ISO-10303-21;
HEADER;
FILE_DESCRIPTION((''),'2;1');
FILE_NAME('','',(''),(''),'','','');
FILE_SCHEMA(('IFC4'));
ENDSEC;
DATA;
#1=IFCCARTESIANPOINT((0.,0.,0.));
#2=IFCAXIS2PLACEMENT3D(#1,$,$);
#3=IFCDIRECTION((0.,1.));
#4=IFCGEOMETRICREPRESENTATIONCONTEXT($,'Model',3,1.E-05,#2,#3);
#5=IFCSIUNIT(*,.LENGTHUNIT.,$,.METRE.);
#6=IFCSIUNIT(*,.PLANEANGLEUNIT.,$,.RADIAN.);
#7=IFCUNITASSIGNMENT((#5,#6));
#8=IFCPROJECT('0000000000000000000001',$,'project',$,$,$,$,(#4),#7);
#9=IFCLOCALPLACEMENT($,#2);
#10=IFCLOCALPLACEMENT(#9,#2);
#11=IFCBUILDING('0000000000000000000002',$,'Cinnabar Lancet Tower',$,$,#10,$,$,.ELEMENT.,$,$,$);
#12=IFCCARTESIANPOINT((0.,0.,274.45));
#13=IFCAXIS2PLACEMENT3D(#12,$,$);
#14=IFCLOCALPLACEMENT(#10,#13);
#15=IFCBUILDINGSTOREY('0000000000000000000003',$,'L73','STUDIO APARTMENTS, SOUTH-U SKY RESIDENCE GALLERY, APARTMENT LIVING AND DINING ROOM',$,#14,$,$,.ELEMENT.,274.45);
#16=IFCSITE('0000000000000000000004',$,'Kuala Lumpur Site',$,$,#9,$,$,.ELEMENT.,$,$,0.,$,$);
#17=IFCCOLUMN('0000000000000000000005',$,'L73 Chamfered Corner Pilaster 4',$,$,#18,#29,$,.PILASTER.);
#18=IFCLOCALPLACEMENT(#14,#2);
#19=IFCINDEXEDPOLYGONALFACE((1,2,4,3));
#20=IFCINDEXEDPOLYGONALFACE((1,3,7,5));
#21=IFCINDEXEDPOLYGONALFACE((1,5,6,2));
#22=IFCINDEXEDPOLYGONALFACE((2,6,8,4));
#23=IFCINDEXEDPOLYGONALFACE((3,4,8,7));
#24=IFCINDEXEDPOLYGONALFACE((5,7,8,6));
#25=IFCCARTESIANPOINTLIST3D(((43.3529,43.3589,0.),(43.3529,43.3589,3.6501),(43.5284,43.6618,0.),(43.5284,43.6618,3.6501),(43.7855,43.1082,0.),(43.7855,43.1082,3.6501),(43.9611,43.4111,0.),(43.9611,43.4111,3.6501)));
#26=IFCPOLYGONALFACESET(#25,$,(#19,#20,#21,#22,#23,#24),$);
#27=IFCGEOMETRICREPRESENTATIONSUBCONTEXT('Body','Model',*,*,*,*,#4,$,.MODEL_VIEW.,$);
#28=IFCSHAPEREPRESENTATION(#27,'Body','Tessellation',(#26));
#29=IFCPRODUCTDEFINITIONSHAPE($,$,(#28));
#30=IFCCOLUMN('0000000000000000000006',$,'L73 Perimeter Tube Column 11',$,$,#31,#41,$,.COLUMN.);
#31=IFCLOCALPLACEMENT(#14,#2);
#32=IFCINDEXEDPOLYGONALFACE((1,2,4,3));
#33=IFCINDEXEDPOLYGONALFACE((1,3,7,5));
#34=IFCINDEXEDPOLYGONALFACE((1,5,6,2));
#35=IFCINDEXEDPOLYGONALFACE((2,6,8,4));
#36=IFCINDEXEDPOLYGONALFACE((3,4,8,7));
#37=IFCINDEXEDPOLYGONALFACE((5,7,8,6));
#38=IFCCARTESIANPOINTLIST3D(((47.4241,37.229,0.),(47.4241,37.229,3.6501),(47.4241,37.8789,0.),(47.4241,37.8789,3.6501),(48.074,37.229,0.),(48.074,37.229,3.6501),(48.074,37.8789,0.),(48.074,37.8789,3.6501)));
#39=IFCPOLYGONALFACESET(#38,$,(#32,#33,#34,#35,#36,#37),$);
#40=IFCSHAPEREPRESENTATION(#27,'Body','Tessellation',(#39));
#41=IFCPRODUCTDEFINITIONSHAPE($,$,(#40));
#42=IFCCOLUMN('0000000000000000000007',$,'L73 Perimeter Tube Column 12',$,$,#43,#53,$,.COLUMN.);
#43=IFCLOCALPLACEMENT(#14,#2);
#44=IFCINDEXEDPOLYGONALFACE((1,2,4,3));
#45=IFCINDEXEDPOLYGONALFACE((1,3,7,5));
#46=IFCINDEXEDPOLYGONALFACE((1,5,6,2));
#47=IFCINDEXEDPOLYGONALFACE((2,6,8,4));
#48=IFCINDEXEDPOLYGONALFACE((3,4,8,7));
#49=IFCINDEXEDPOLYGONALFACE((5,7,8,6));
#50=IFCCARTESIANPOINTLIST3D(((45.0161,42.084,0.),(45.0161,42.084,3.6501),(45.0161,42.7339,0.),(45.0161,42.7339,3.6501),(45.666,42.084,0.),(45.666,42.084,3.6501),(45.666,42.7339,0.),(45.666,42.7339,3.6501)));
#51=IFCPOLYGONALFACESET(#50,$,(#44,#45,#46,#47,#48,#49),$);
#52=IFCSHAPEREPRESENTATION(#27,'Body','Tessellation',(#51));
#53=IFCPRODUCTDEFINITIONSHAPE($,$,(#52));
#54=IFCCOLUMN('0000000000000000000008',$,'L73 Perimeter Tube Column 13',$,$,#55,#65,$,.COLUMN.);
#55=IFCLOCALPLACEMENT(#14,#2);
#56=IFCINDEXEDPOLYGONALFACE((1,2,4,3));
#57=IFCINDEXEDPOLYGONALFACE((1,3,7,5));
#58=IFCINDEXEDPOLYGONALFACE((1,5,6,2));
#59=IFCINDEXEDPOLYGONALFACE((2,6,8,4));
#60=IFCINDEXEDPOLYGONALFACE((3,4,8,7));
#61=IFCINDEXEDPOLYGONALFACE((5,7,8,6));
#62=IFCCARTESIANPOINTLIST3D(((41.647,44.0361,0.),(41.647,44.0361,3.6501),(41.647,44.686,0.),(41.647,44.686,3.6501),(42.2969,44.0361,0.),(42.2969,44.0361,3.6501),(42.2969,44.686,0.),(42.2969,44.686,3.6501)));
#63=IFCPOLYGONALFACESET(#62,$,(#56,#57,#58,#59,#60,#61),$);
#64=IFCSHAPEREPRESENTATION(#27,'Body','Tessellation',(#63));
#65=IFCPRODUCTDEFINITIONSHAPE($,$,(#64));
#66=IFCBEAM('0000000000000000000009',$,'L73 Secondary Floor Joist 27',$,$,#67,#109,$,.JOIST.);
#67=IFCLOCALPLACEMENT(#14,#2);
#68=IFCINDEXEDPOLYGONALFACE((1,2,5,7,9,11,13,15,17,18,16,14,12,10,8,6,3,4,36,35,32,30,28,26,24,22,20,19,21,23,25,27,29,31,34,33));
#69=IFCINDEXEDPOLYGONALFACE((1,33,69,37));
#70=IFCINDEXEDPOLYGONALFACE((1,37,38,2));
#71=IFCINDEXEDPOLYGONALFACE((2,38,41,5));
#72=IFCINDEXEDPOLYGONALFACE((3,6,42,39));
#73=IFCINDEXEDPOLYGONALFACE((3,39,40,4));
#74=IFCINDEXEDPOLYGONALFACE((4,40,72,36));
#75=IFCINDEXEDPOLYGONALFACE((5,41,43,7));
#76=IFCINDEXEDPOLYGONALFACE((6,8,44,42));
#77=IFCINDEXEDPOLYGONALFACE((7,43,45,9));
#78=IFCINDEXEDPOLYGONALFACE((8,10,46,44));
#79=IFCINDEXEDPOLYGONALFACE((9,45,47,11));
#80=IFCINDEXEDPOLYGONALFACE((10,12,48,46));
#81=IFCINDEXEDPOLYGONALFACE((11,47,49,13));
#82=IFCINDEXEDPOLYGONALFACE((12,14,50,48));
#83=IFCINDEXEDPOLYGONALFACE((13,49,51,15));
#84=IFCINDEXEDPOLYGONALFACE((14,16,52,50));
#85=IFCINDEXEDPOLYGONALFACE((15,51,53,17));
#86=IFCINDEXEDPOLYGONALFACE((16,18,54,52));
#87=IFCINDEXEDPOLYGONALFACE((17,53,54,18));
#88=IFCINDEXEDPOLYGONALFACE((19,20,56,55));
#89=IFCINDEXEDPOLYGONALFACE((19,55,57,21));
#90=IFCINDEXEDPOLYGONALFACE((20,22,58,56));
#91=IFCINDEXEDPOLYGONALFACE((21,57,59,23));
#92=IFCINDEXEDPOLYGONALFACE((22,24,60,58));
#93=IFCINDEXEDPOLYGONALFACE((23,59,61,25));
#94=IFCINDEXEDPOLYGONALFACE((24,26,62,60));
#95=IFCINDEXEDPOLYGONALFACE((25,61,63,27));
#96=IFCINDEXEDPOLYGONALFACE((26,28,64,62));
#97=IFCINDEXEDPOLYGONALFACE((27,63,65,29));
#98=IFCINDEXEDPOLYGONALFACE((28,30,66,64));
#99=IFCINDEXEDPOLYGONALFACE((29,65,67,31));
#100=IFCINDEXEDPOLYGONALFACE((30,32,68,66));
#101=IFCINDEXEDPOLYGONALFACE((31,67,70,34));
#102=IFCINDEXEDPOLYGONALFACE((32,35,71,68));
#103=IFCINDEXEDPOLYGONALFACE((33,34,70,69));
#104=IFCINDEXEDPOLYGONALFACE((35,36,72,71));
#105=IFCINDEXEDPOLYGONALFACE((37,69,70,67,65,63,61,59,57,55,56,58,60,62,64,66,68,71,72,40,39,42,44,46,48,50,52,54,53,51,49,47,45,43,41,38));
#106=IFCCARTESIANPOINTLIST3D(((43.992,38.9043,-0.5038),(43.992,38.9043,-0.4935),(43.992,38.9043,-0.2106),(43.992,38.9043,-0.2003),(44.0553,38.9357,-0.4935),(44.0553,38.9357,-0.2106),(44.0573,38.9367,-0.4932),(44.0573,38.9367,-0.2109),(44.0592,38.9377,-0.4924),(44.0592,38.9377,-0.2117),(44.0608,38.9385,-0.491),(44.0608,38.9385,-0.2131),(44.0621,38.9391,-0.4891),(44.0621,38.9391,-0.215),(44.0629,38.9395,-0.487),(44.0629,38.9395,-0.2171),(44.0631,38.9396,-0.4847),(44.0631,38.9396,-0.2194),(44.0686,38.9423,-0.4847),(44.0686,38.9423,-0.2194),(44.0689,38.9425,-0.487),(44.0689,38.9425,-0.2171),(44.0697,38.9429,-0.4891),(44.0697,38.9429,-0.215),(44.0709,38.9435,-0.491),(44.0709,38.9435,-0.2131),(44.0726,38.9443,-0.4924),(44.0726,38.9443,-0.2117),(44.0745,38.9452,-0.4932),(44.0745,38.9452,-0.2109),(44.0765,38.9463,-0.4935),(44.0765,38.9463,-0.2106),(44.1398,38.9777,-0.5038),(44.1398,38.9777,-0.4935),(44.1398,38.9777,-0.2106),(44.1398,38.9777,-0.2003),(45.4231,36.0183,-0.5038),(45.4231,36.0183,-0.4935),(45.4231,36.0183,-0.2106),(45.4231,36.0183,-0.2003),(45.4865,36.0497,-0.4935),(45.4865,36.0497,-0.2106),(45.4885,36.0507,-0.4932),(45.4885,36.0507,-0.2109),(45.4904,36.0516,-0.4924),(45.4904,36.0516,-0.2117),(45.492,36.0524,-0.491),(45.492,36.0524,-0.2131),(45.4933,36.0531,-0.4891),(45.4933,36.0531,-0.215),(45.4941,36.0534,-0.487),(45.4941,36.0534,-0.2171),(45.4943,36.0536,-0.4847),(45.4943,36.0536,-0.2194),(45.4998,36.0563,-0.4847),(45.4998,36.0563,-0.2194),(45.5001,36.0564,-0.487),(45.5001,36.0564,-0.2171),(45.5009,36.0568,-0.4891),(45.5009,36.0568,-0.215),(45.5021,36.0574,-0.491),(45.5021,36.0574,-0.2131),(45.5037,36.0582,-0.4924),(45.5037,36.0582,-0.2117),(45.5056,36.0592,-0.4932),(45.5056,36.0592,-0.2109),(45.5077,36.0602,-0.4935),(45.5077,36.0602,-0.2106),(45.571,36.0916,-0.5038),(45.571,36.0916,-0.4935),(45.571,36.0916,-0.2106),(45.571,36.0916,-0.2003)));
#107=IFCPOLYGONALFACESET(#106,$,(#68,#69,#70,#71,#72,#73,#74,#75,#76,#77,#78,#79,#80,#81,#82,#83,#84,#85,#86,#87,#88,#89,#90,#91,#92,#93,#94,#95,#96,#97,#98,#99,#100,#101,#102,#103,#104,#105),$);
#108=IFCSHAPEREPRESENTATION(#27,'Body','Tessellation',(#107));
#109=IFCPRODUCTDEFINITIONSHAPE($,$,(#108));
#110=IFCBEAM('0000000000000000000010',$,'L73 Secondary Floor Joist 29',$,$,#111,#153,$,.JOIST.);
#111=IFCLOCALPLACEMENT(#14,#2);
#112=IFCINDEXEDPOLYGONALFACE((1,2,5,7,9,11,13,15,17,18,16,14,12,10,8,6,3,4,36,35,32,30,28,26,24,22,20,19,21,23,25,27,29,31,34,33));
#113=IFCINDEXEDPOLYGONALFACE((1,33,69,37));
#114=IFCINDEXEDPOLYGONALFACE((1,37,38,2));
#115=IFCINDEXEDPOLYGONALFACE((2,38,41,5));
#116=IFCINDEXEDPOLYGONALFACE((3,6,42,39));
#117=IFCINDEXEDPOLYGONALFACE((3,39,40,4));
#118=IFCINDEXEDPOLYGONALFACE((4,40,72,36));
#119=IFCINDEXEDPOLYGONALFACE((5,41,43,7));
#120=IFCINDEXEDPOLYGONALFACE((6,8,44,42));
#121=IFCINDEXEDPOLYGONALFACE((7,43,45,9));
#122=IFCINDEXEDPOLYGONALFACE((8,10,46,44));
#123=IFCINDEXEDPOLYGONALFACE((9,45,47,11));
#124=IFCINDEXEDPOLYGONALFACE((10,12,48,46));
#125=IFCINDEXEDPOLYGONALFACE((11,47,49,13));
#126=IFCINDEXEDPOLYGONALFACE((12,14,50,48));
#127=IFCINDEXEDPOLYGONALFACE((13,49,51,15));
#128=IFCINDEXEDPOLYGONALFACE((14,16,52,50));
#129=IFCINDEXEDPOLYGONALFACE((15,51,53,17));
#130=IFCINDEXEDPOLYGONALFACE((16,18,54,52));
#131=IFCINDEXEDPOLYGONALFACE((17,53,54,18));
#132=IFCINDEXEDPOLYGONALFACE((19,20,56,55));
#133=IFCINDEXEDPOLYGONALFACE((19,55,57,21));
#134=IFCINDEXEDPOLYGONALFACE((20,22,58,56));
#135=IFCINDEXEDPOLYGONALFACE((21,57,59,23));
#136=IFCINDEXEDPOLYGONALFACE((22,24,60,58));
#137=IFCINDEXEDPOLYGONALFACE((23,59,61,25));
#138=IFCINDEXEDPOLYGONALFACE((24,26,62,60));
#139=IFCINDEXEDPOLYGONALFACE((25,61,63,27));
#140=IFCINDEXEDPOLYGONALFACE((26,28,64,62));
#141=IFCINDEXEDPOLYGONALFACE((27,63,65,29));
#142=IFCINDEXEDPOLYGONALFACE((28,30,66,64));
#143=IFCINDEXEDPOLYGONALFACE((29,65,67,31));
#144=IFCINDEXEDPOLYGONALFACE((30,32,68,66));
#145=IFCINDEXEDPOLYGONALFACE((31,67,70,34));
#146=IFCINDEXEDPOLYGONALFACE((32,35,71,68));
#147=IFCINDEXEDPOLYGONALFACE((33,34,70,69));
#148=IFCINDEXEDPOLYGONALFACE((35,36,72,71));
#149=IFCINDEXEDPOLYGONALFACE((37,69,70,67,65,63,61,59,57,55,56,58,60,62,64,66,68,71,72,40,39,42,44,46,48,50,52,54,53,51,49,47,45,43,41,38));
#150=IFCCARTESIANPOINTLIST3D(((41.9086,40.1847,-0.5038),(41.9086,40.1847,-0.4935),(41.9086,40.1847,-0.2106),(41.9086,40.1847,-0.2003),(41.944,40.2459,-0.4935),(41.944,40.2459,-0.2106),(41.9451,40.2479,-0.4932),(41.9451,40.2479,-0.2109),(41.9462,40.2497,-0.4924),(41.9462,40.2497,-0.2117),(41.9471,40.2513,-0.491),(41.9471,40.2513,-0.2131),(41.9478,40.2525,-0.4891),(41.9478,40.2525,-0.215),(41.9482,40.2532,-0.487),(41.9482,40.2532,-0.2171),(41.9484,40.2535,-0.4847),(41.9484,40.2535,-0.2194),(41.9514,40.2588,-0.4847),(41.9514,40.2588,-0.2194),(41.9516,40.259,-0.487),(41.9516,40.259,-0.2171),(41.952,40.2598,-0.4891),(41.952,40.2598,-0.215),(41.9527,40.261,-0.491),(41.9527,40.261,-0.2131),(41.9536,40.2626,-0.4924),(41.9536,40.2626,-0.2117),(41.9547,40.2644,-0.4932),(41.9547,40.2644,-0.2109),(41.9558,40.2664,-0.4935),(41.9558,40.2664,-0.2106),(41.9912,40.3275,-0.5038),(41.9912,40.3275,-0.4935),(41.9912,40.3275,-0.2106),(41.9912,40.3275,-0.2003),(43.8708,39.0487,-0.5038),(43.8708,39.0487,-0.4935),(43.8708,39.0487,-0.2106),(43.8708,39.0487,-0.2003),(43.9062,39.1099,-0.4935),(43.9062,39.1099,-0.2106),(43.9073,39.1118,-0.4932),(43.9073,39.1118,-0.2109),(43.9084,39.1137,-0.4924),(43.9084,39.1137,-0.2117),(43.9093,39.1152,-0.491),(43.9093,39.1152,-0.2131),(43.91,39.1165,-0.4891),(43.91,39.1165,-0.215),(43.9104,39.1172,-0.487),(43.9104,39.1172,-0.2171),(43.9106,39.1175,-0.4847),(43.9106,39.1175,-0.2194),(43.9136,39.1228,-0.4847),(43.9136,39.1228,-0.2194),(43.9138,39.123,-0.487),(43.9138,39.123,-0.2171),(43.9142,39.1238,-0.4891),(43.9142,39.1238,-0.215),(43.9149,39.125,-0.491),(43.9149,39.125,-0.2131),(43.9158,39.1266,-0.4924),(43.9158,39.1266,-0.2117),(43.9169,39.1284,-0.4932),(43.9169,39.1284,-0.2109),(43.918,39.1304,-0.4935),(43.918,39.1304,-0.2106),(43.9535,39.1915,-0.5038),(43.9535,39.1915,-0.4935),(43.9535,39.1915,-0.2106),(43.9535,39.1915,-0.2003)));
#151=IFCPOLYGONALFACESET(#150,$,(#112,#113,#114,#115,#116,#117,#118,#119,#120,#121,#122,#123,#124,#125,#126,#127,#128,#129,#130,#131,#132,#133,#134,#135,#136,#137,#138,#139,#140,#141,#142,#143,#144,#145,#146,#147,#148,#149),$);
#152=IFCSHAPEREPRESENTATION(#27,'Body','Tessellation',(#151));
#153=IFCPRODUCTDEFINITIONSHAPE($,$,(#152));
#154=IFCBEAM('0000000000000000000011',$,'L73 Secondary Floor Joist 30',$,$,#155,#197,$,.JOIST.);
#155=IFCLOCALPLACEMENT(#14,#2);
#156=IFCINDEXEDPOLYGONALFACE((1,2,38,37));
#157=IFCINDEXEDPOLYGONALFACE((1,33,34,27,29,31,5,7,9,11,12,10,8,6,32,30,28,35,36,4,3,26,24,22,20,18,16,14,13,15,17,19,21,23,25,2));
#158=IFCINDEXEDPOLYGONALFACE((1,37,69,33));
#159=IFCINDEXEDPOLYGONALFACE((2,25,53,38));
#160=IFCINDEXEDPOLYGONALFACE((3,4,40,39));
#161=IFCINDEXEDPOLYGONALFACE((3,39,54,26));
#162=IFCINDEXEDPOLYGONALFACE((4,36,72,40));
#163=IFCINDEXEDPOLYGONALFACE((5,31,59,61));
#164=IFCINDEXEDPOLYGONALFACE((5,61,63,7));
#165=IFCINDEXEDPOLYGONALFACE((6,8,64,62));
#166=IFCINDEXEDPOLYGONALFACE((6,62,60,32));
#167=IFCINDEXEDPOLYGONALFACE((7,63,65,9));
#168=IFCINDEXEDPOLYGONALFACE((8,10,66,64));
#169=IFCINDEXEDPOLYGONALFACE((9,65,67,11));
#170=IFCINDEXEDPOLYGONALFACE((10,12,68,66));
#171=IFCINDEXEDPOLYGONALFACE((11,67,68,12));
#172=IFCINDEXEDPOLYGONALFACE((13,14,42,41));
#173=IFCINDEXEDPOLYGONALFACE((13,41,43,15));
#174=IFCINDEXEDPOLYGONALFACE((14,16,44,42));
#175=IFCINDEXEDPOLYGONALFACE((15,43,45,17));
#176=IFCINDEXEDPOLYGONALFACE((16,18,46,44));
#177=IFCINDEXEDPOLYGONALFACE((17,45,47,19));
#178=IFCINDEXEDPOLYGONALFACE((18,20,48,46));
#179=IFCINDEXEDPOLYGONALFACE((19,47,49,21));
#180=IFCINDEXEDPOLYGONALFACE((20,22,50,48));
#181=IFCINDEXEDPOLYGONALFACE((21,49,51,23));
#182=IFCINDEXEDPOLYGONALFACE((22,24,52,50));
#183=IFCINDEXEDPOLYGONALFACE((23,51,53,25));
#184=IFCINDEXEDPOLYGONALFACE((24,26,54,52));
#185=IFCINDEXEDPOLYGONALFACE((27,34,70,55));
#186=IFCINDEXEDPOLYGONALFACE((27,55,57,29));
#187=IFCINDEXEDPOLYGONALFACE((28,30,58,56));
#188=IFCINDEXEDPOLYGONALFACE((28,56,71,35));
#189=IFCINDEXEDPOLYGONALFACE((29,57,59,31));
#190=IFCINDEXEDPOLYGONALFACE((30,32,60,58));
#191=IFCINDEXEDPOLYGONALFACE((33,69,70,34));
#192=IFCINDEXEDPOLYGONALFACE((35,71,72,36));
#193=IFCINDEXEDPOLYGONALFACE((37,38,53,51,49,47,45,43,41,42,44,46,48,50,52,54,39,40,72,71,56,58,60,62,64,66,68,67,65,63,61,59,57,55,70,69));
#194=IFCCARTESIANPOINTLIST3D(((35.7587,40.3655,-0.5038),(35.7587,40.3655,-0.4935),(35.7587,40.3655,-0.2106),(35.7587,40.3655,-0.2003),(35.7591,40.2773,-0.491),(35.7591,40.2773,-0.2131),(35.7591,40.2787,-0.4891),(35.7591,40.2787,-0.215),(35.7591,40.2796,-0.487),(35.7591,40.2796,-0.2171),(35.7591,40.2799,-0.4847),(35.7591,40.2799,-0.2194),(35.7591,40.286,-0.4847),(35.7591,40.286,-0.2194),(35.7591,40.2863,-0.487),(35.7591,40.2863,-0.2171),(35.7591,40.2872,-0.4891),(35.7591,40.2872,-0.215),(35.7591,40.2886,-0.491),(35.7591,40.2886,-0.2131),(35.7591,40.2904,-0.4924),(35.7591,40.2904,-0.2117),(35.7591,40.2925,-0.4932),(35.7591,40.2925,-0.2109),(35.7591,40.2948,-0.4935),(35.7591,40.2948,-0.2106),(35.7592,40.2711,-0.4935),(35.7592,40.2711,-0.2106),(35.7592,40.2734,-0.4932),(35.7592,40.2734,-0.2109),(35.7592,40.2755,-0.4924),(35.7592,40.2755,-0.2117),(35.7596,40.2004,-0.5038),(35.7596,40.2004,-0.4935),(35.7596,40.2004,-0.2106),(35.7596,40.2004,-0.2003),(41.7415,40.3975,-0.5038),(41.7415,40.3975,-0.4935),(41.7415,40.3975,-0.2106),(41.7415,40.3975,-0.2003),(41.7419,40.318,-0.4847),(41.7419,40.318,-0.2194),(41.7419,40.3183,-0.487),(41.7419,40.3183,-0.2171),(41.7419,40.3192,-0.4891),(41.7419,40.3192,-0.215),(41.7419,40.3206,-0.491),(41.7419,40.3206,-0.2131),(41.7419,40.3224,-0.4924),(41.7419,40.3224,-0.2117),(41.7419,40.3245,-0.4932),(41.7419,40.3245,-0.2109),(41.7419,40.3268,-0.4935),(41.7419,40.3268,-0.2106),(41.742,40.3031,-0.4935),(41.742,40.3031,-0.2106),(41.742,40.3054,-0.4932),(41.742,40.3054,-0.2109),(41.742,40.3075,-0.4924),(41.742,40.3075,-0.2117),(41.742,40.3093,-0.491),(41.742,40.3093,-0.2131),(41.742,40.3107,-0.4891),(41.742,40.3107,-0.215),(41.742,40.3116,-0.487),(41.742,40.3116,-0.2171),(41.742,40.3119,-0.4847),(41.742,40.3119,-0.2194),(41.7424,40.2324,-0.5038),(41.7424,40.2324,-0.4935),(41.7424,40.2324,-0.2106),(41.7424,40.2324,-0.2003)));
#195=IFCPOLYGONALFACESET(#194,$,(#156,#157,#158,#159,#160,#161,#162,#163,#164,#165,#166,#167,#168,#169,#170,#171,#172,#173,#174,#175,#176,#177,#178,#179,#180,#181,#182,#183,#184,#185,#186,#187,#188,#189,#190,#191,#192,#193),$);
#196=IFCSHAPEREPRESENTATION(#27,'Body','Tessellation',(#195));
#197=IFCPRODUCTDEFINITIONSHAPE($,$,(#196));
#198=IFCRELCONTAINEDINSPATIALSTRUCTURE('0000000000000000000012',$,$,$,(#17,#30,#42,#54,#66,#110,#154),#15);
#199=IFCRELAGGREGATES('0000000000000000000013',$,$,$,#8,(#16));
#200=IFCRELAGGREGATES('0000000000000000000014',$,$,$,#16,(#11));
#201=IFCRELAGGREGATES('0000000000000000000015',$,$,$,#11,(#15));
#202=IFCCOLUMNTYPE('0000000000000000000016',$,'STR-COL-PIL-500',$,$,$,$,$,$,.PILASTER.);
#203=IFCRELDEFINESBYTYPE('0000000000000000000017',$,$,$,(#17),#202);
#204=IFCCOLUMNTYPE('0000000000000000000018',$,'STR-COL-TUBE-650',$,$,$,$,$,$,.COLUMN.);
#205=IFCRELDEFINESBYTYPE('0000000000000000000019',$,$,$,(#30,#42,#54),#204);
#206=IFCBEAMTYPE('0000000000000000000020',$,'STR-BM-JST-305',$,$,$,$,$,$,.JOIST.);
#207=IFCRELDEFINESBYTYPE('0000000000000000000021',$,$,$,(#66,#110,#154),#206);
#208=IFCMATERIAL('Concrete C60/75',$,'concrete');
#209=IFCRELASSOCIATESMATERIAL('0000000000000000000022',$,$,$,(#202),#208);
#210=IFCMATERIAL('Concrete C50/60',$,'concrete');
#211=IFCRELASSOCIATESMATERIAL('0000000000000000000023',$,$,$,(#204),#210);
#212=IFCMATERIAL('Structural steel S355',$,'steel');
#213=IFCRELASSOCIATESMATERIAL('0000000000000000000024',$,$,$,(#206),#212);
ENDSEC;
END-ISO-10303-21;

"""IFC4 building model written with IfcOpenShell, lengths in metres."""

from ifc_helpers import new_model, si_unit, direction, frame, origin, origin_2d, place, context, subcontext, project, spatial, rectangle, i_section, extrude, material, material_profile, profile_set, type_object, element, save


model = new_model("IFC4")

# Units and contexts
model_context = context("Model", 3, precision=1e-05, world=origin(), true_north=direction((0.0, 1.0)))
body_context = subcontext(model_context, "Body", "Model", "MODEL_VIEW")
ifc_project = project(units=[si_unit("LENGTHUNIT", "METRE"), si_unit("PLANEANGLEUNIT", "RADIAN")], contexts=[model_context])

# Site, building, storey
site_placement = place(None, origin())
site = spatial("IfcSite", under=ifc_project, at=site_placement, Name="Kuala Lumpur Site", CompositionType="ELEMENT", RefElevation=0.0)
building_placement = place(site_placement, origin())
building = spatial("IfcBuilding", under=site, at=building_placement, Name="Cinnabar Lancet Tower", CompositionType="ELEMENT")
storey_placement = place(building_placement, frame((0.0, 0.0, 274.45)))
storey = spatial("IfcBuildingStorey", under=building, at=storey_placement, Name="L73", Description="STUDIO APARTMENTS, SOUTH-U SKY RESIDENCE GALLERY, APARTMENT LIVING AND DINING ROOM", CompositionType="ELEMENT", Elevation=274.45)

# Columns
ifc_material_1 = material(Name="Concrete C60/75", Category="concrete")
ifc_material_profile_1 = material_profile(ifc_material_1, rectangle(XDim=0.5, YDim=0.3501, at=origin_2d()), Name="RC-PIL 500x350")
ifc_profile_set_1 = profile_set([ifc_material_profile_1], Name="Concrete C60/75")
column_type_1 = type_object("IfcColumnType", Name="STR-COL-PIL-500", PredefinedType="PILASTER", material=ifc_profile_set_1)
column_placement = place(storey_placement, frame((43.657, 43.385, 0.0), z_axis=(0.0, 0.0, 1.0), x_axis=(-0.865256, 0.50133, 0.0)))
element("IfcColumn", 1, at=column_placement, inside=storey, type_object=column_type_1, Name="L73 Chamfered Corner Pilaster 4", PredefinedType="PILASTER", context=body_context, shape_type="SweptSolid", body=[
    extrude(rectangle(XDim=0.5, YDim=0.3501, at=origin_2d()), origin(), (0.0, 0.0, 1.0), 3.6501),
])
ifc_material_2 = material(Name="Concrete C50/60", Category="concrete")
ifc_material_profile_2 = material_profile(ifc_material_2, rectangle(XDim=0.6499, YDim=0.6499, at=origin_2d()), Name="RC-COL 650x650")
ifc_profile_set_2 = profile_set([ifc_material_profile_2], Name="Concrete C50/60")
column_type_2 = type_object("IfcColumnType", Name="STR-COL-TUBE-650", PredefinedType="COLUMN", material=ifc_profile_set_2)
for number, where, z_axis, x_axis, name in (
    (2, (47.749, 37.554, 0.0), (0.0, 0.0, 1.0), (1.0, 0.0, 0.0), "L73 Perimeter Tube Column 11"),
    (3, (45.3411, 42.4089, 0.0), (0.0, 0.0, 1.0), (1.0, 0.0, 0.0), "L73 Perimeter Tube Column 12"),
    (4, (41.9719, 44.3611, 0.0), (0.0, 0.0, 1.0), (1.0, 0.0, 0.0), "L73 Perimeter Tube Column 13"),
):
    element("IfcColumn", number, at=place(storey_placement, frame(where, z_axis=z_axis, x_axis=x_axis)), inside=storey, type_object=column_type_2, Name=name, PredefinedType="COLUMN", context=body_context, shape_type="SweptSolid", body=[
        extrude(rectangle(XDim=0.6499, YDim=0.6499, at=origin_2d()), origin(), (0.0, 0.0, 1.0), 3.6501),
    ])

# Beams
ifc_material_3 = material(Name="Structural steel S355", Category="steel")
ifc_material_profile_3 = material_profile(ifc_material_3, i_section(OverallWidth=0.165, OverallDepth=0.3035, WebThickness=0.0061, FlangeThickness=0.0103, FilletRadius=0.0088, at=origin_2d()), Name="UKB 305x165x40")
ifc_profile_set_3 = profile_set([ifc_material_profile_3], Name="Structural steel S355")
beam_type_1 = type_object("IfcBeamType", Name="STR-BM-JST-305", PredefinedType="JOIST", material=ifc_profile_set_3)
beam_1_placement = place(storey_placement, frame((45.4971, 36.0549, -0.3521), z_axis=(-0.444271, 0.895893, 0.0), x_axis=(-0.895893, -0.444271, 0.0)))
element("IfcBeam", 5, at=beam_1_placement, inside=storey, type_object=beam_type_1, Name="L73 Secondary Floor Joist 27", PredefinedType="JOIST", context=body_context, shape_type="SweptSolid", body=[
    extrude(i_section(OverallWidth=0.165, OverallDepth=0.3035, WebThickness=0.0061, FlangeThickness=0.0103, FilletRadius=0.0088, at=origin_2d()), origin(), (0.0, 0.0, 1.0), 3.2214),
])
beam_2_placement = place(storey_placement, frame((43.9121, 39.1201, -0.3521), z_axis=(-0.865426, 0.501036, 0.0), x_axis=(-0.501036, -0.865426, 0.0)))
element("IfcBeam", 6, at=beam_2_placement, inside=storey, type_object=beam_type_1, Name="L73 Secondary Floor Joist 29", PredefinedType="JOIST", context=body_context, shape_type="SweptSolid", body=[
    extrude(i_section(OverallWidth=0.165, OverallDepth=0.3035, WebThickness=0.0061, FlangeThickness=0.0103, FilletRadius=0.0088, at=origin_2d()), origin(), (0.0, 0.0, 1.0), 2.2673),
])
beam_3_placement = place(storey_placement, frame((41.7419, 40.3149, -0.3521), z_axis=(-0.999986, -0.005346, 0.0), x_axis=(0.005346, -0.999986, 0.0)))
element("IfcBeam", 7, at=beam_3_placement, inside=storey, type_object=beam_type_1, Name="L73 Secondary Floor Joist 30", PredefinedType="JOIST", context=body_context, shape_type="SweptSolid", body=[
    extrude(i_section(OverallWidth=0.165, OverallDepth=0.3035, WebThickness=0.0061, FlangeThickness=0.0103, FilletRadius=0.0088, at=origin_2d()), origin(), (0.0, 0.0, 1.0), 5.9829),
])

save(model, "model.ifc")
